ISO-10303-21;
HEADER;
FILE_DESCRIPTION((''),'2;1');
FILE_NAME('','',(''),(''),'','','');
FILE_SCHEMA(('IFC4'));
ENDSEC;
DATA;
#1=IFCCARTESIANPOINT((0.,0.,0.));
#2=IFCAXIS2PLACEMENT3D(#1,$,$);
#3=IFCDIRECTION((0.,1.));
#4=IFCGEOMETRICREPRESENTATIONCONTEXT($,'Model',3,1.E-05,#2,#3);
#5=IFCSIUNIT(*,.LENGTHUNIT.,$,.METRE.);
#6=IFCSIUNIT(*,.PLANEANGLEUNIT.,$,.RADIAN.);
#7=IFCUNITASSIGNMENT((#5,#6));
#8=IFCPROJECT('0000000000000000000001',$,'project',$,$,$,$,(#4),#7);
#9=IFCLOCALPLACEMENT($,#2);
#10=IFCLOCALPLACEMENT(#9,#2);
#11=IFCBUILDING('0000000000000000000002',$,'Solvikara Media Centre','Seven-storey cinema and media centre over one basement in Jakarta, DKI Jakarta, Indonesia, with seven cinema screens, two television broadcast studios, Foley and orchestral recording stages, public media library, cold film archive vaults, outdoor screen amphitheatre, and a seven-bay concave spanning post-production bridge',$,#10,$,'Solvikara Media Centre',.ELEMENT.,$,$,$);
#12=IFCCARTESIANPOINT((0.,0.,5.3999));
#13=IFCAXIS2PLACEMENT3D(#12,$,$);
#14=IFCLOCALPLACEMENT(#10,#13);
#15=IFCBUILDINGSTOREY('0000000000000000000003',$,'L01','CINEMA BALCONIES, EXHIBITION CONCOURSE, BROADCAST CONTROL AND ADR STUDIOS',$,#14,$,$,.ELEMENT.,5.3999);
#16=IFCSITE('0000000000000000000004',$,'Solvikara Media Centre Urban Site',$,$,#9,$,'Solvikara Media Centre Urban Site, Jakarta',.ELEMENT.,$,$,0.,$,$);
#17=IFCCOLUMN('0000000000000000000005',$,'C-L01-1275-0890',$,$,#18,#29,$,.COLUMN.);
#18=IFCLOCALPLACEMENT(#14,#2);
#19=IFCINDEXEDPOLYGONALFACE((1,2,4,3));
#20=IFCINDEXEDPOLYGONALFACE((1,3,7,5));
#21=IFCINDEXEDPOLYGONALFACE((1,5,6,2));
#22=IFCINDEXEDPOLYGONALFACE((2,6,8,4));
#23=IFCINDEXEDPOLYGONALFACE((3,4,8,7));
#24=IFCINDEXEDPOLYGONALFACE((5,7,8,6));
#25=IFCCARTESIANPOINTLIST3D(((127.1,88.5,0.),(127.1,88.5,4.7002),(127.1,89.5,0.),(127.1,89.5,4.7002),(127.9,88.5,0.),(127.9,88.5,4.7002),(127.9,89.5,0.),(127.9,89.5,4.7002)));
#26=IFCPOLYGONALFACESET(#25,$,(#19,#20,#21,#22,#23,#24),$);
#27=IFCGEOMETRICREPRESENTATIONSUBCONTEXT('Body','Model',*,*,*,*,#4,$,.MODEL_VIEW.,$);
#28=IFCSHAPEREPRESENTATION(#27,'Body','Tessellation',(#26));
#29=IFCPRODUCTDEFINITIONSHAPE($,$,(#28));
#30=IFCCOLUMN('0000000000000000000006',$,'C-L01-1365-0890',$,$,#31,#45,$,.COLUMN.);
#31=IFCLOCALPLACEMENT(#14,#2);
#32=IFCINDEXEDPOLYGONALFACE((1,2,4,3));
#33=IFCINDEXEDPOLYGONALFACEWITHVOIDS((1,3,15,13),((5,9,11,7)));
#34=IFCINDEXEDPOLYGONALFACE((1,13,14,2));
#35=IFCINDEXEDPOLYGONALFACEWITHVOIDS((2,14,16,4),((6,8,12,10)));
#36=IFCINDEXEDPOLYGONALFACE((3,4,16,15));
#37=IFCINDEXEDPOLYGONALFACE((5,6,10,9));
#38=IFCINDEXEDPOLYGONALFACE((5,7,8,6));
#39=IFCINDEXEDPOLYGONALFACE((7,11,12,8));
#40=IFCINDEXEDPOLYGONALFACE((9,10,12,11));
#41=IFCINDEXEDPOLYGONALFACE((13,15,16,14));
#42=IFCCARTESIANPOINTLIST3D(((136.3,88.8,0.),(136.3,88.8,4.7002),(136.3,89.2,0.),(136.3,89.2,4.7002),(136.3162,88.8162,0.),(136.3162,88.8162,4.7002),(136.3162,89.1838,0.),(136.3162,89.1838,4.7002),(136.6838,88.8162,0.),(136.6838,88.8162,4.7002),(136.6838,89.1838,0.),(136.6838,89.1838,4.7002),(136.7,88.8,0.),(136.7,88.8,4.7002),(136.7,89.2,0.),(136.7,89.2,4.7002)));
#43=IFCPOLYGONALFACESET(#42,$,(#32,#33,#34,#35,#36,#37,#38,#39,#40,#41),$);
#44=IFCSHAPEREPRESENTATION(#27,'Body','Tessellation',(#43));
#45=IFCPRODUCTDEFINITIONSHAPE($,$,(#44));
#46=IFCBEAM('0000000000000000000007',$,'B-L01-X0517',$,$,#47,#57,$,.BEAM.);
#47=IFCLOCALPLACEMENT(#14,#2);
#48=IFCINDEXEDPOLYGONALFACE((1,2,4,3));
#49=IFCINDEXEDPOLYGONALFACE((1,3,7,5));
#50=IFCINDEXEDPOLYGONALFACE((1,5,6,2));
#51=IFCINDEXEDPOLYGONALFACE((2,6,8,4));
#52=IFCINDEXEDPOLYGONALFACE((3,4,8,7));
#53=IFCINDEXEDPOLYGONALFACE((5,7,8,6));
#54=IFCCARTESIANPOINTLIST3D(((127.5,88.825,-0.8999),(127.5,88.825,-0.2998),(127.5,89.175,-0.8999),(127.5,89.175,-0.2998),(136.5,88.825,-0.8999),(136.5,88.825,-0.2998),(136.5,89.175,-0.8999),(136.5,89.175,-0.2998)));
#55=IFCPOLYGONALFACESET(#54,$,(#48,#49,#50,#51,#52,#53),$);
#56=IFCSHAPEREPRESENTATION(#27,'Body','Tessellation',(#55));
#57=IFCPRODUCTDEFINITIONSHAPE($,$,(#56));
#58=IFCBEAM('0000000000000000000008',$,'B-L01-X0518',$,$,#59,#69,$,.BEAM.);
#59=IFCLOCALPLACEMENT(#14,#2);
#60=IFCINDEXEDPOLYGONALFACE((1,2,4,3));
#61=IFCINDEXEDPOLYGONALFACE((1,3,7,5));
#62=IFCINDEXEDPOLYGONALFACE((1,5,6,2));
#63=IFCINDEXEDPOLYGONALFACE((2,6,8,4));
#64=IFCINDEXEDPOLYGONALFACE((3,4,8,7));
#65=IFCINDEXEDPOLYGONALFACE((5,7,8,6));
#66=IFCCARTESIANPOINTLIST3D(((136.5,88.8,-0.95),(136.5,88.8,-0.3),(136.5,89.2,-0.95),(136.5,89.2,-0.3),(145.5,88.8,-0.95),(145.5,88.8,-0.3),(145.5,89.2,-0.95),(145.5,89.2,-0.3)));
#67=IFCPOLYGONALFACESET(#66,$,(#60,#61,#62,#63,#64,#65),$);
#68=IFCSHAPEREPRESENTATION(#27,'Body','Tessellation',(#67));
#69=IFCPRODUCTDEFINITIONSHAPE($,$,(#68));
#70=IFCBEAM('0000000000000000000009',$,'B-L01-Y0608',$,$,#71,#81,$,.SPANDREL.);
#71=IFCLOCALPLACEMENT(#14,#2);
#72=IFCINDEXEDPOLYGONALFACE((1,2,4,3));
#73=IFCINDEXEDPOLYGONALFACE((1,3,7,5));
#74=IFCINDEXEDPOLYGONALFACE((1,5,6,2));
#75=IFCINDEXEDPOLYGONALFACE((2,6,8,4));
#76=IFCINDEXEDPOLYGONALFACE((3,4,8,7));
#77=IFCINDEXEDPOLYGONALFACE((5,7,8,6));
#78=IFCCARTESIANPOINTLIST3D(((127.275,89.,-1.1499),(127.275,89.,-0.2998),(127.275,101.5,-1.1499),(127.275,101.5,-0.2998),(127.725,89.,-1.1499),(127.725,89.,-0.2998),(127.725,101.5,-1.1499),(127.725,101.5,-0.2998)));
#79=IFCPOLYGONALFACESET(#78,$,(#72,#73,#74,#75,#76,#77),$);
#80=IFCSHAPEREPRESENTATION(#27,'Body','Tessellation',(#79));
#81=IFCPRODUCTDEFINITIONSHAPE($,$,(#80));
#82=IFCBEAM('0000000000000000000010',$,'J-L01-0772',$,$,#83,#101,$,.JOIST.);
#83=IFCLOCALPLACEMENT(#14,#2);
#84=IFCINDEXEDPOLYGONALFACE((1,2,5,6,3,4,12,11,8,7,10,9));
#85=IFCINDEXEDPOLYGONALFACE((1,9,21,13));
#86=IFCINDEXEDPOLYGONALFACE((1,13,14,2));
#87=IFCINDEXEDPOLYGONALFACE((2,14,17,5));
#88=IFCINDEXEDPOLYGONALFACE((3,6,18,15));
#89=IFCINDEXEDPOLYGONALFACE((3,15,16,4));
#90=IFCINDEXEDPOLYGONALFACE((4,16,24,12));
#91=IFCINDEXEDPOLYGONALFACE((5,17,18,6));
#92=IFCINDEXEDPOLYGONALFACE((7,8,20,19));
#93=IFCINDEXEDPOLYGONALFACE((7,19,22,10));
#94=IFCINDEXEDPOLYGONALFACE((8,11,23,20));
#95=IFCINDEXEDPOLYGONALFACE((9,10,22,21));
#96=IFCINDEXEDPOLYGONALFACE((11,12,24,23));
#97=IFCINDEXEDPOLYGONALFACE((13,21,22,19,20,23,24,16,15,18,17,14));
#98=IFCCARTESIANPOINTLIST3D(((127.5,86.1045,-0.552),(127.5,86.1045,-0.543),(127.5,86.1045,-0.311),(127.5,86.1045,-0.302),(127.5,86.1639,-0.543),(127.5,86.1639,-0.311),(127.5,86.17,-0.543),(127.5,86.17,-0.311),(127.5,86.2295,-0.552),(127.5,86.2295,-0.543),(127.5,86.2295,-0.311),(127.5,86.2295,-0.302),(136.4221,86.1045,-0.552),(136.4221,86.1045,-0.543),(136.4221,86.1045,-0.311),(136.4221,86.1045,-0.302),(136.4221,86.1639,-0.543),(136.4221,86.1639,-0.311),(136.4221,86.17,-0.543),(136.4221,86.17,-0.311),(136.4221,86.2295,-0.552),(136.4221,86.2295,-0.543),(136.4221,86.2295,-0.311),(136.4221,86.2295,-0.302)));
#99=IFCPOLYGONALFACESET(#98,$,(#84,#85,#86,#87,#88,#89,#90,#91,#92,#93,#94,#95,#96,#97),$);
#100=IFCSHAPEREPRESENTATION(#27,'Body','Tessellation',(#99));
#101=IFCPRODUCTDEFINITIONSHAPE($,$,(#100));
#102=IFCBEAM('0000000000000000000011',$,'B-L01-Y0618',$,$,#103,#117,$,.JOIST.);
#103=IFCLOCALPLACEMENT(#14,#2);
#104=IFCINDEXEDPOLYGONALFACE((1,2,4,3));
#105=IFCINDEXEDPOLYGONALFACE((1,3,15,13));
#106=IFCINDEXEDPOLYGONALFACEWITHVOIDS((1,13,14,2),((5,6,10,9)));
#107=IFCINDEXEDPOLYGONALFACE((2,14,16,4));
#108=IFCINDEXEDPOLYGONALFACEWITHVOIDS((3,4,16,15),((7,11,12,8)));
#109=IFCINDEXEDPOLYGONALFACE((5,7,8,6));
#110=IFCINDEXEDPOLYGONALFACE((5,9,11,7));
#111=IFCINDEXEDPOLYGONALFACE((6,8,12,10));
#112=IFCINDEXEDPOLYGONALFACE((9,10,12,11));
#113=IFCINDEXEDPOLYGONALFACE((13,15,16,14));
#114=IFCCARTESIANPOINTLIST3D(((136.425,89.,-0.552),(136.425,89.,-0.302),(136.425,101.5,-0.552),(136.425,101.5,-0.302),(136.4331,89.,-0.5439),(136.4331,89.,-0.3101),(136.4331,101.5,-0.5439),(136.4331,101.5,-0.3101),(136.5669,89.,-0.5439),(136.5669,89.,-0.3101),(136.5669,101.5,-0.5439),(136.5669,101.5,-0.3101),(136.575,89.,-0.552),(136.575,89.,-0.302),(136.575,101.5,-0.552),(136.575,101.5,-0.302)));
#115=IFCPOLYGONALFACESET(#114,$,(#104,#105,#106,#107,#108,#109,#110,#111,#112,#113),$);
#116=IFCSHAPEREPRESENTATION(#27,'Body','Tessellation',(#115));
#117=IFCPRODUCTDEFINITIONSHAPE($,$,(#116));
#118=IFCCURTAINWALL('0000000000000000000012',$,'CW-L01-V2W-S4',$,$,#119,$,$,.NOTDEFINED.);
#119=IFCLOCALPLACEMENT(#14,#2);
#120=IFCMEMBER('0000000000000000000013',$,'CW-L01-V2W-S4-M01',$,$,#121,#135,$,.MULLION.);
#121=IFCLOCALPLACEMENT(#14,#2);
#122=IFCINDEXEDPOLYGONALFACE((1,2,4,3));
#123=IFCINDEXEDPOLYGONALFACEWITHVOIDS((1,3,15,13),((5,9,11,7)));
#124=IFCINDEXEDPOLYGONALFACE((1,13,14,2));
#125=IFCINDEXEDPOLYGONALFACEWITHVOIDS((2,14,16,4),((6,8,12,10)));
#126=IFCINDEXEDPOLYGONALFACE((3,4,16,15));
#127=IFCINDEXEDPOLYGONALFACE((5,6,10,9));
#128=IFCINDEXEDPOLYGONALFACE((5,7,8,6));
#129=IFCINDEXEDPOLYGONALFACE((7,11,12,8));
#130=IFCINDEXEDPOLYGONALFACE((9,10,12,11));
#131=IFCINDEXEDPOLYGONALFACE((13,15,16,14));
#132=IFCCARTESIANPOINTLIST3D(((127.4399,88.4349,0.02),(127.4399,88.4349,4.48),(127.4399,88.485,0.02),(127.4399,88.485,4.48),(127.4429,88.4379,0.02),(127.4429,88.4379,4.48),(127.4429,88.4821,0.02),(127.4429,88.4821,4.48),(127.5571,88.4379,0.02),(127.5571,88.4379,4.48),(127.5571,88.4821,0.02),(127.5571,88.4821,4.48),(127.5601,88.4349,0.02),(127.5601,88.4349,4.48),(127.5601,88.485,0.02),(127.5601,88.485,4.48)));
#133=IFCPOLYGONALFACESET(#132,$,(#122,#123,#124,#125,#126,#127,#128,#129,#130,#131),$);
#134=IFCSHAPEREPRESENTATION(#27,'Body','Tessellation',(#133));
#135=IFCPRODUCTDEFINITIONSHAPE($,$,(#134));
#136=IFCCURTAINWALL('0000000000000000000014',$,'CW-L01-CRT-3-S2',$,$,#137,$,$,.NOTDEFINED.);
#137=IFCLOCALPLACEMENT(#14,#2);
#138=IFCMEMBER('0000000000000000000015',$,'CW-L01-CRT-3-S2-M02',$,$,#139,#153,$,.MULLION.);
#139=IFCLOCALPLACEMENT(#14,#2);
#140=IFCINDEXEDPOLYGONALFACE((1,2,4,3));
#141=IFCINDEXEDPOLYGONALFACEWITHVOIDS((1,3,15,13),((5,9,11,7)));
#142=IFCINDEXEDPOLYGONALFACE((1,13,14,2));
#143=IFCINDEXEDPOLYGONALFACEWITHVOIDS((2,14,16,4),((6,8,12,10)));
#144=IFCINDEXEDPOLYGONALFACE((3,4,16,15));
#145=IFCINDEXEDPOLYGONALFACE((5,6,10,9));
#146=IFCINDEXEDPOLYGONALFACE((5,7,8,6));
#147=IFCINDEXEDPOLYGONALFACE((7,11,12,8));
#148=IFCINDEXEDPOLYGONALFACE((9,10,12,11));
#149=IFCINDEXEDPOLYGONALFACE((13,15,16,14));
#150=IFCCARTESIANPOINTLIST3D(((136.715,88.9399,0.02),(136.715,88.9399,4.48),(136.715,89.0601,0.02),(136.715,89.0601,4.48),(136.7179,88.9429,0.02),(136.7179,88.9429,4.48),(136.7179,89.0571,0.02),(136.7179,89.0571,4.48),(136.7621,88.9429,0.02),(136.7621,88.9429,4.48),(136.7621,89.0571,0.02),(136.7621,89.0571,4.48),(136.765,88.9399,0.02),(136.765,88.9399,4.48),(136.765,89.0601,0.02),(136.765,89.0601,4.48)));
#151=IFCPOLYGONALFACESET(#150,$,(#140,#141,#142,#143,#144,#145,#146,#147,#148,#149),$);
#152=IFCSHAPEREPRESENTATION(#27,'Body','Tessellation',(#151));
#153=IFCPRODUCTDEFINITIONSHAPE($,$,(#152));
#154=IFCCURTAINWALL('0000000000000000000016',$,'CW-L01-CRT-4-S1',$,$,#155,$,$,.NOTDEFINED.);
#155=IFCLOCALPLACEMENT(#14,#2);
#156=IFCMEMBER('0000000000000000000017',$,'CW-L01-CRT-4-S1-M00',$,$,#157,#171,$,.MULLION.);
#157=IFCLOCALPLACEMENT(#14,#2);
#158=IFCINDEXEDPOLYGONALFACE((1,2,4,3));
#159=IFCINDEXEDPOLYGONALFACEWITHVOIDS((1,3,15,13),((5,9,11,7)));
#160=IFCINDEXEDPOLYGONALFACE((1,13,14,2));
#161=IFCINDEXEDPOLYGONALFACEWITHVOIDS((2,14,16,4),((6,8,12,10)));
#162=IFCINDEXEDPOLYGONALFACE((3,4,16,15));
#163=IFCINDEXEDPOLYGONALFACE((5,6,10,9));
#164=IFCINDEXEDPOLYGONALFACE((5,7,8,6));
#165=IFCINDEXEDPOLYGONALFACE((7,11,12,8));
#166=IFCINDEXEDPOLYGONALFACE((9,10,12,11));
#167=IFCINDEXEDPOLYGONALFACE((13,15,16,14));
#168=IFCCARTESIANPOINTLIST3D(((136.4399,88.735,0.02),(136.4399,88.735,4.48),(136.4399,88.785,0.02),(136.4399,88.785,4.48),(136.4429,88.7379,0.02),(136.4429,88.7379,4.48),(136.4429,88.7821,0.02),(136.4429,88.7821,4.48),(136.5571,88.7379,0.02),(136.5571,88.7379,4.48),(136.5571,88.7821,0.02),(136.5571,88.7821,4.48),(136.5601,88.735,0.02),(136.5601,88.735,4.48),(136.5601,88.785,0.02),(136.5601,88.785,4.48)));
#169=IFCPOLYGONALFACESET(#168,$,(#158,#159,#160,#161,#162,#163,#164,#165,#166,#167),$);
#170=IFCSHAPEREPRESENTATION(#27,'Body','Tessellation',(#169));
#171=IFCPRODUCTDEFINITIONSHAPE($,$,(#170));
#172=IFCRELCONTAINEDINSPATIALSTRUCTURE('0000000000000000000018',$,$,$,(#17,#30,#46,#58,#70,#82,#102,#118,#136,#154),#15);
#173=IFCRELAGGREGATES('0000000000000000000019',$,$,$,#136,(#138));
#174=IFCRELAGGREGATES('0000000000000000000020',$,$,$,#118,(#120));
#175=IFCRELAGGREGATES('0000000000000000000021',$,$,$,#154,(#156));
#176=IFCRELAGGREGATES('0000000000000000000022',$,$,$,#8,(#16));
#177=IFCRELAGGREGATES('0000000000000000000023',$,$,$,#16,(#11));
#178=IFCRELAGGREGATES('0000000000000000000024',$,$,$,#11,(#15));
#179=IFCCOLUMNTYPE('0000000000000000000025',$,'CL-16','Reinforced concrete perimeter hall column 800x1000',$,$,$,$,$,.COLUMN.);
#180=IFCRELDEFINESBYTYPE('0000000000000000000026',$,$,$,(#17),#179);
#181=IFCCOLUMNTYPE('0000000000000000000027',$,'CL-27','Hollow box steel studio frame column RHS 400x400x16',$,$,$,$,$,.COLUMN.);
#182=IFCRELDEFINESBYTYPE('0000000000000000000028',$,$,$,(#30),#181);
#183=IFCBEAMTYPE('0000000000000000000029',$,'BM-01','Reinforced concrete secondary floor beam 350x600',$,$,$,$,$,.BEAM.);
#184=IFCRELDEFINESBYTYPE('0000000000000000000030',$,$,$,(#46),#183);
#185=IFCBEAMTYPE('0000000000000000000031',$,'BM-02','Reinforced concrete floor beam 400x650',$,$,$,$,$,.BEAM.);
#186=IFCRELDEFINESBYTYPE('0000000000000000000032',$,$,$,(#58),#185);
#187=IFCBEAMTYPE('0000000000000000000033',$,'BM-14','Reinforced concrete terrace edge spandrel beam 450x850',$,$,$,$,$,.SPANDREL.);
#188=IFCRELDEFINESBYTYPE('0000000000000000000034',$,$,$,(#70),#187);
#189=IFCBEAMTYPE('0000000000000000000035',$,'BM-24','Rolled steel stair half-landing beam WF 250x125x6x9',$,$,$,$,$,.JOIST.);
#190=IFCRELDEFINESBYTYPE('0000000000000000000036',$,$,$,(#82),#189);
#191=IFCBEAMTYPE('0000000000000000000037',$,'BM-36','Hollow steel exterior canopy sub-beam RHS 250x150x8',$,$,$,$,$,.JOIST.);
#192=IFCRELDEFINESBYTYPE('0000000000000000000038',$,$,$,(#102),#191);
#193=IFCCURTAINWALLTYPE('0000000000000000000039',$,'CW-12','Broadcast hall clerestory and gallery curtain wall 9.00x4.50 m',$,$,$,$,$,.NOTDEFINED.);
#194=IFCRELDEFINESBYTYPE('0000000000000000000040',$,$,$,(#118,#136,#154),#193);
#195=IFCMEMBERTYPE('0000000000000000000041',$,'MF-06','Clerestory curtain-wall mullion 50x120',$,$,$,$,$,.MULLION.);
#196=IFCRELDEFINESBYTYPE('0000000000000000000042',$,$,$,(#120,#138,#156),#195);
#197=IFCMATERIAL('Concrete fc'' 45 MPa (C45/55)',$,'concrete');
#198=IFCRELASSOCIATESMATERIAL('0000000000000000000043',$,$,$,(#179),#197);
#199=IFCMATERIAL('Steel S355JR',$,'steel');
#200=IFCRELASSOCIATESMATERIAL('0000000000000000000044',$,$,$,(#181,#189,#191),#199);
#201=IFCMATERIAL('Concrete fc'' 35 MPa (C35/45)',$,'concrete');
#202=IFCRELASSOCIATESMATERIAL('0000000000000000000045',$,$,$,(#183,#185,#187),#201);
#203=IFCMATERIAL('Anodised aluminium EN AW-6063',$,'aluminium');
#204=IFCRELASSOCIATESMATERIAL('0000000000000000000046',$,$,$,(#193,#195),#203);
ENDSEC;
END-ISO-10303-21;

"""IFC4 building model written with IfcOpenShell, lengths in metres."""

from ifc_helpers import new_model, si_unit, direction, frame, origin, origin_2d, place, context, subcontext, project, spatial, rectangle, hollow_rectangle, i_section, extrude, material, material_profile, profile_set, type_object, element, aggregate, save


model = new_model("IFC4")

# Units and contexts
model_context = context("Model", 3, precision=1e-05, world=origin(), true_north=direction((0.0, 1.0)))
body_context = subcontext(model_context, "Body", "Model", "MODEL_VIEW")
ifc_project = project(units=[si_unit("LENGTHUNIT", "METRE"), si_unit("PLANEANGLEUNIT", "RADIAN")], contexts=[model_context])

# Site, building, storey
site_placement = place(None, origin())
site = spatial("IfcSite", under=ifc_project, at=site_placement, Name="Solvikara Media Centre Urban Site", LongName="Solvikara Media Centre Urban Site, Jakarta", CompositionType="ELEMENT", RefElevation=0.0)
building_placement = place(site_placement, origin())
building = spatial("IfcBuilding", under=site, at=building_placement, Name="Solvikara Media Centre", Description="Seven-storey cinema and media centre over one basement in Jakarta, DKI Jakarta, Indonesia, with seven cinema screens, two television broadcast studios, Foley and orchestral recording stages, public media library, cold film archive vaults, outdoor screen amphitheatre, and a seven-bay concave spanning post-production bridge", LongName="Solvikara Media Centre", CompositionType="ELEMENT")
storey_placement = place(building_placement, frame((0.0, 0.0, 5.3999)))
storey = spatial("IfcBuildingStorey", under=building, at=storey_placement, Name="L01", Description="CINEMA BALCONIES, EXHIBITION CONCOURSE, BROADCAST CONTROL AND ADR STUDIOS", CompositionType="ELEMENT", Elevation=5.3999)

# Columns
ifc_material_1 = material(Name="Concrete fc' 45 MPa (C45/55)", Category="concrete")
ifc_material_profile_1 = material_profile(ifc_material_1, rectangle(XDim=0.8, YDim=1.0, at=origin_2d()), Name="RC 800x1000")
ifc_profile_set_1 = profile_set([ifc_material_profile_1], Name="Concrete fc' 45 MPa (C45/55)")
column_type_1 = type_object("IfcColumnType", Name="CL-16", Description="Reinforced concrete perimeter hall column 800x1000", PredefinedType="COLUMN", material=ifc_profile_set_1)
column_1_placement = place(storey_placement, frame((127.5, 89.0, 0.0), z_axis=(0.0, 0.0, 1.0), x_axis=(1.0, 0.0, 0.0)))
element("IfcColumn", 1, at=column_1_placement, inside=storey, type_object=column_type_1, Name="C-L01-1275-0890", PredefinedType="COLUMN", context=body_context, shape_type="SweptSolid", body=[
    extrude(rectangle(XDim=0.8, YDim=1.0, at=origin_2d()), origin(), (0.0, 0.0, 1.0), 4.7002),
])
ifc_material_2 = material(Name="Steel S355JR", Category="steel")
ifc_material_profile_2 = material_profile(ifc_material_2, hollow_rectangle(XDim=0.3999, YDim=0.3999, WallThickness=0.0161, at=origin_2d()), Name="RHS 400x400x16")
ifc_profile_set_2 = profile_set([ifc_material_profile_2], Name="Steel S355JR")
column_type_2 = type_object("IfcColumnType", Name="CL-27", Description="Hollow box steel studio frame column RHS 400x400x16", PredefinedType="COLUMN", material=ifc_profile_set_2)
column_2_placement = place(storey_placement, frame((136.5, 89.0, 0.0), z_axis=(0.0, 0.0, 1.0), x_axis=(1.0, 0.0, 0.0)))
element("IfcColumn", 2, at=column_2_placement, inside=storey, type_object=column_type_2, Name="C-L01-1365-0890", PredefinedType="COLUMN", context=body_context, shape_type="SweptSolid", body=[
    extrude(hollow_rectangle(XDim=0.3999, YDim=0.3999, WallThickness=0.0161, at=origin_2d()), origin(), (0.0, 0.0, 1.0), 4.7002),
])

# Beams
ifc_material_3 = material(Name="Concrete fc' 35 MPa (C35/45)", Category="concrete")
ifc_material_profile_3 = material_profile(ifc_material_3, rectangle(XDim=0.3501, YDim=0.6001, at=origin_2d()), Name="RC 350x600")
ifc_profile_set_3 = profile_set([ifc_material_profile_3], Name="Concrete fc' 35 MPa (C35/45)")
beam_type_1 = type_object("IfcBeamType", Name="BM-01", Description="Reinforced concrete secondary floor beam 350x600", PredefinedType="BEAM", material=ifc_profile_set_3)
beam_1_placement = place(storey_placement, frame((127.5, 89.0, -0.5999), z_axis=(1.0, 0.0, 0.0), x_axis=(0.0, 1.0, 0.0)))
element("IfcBeam", 3, at=beam_1_placement, inside=storey, type_object=beam_type_1, Name="B-L01-X0517", PredefinedType="BEAM", context=body_context, shape_type="SweptSolid", body=[
    extrude(rectangle(XDim=0.3501, YDim=0.6001, at=origin_2d()), origin(), (0.0, 0.0, 1.0), 9.0),
])
ifc_material_profile_4 = material_profile(ifc_material_3, rectangle(XDim=0.3999, YDim=0.6499, at=origin_2d()), Name="RC 400x650")
ifc_profile_set_4 = profile_set([ifc_material_profile_4], Name="Concrete fc' 35 MPa (C35/45)")
beam_type_2 = type_object("IfcBeamType", Name="BM-02", Description="Reinforced concrete floor beam 400x650", PredefinedType="BEAM", material=ifc_profile_set_4)
beam_2_placement = place(storey_placement, frame((136.5, 89.0, -0.625), z_axis=(1.0, 0.0, 0.0), x_axis=(0.0, 1.0, 0.0)))
element("IfcBeam", 4, at=beam_2_placement, inside=storey, type_object=beam_type_2, Name="B-L01-X0518", PredefinedType="BEAM", context=body_context, shape_type="SweptSolid", body=[
    extrude(rectangle(XDim=0.3999, YDim=0.6499, at=origin_2d()), origin(), (0.0, 0.0, 1.0), 9.0),
])
ifc_material_profile_5 = material_profile(ifc_material_3, rectangle(XDim=0.45, YDim=0.8501, at=origin_2d()), Name="RC 450x850")
ifc_profile_set_5 = profile_set([ifc_material_profile_5], Name="Concrete fc' 35 MPa (C35/45)")
beam_type_3 = type_object("IfcBeamType", Name="BM-14", Description="Reinforced concrete terrace edge spandrel beam 450x850", PredefinedType="SPANDREL", material=ifc_profile_set_5)
beam_3_placement = place(storey_placement, frame((127.5, 89.0, -0.7249), z_axis=(0.0, 1.0, 0.0), x_axis=(-1.0, 0.0, 0.0)))
element("IfcBeam", 5, at=beam_3_placement, inside=storey, type_object=beam_type_3, Name="B-L01-Y0608", PredefinedType="SPANDREL", context=body_context, shape_type="SweptSolid", body=[
    extrude(rectangle(XDim=0.45, YDim=0.8501, at=origin_2d()), origin(), (0.0, 0.0, 1.0), 12.5),
])
ifc_material_profile_6 = material_profile(ifc_material_2, i_section(OverallWidth=0.125, OverallDepth=0.25, WebThickness=0.0061, FlangeThickness=0.009, at=origin_2d()), Name="WF 250x125x6x9")
ifc_profile_set_6 = profile_set([ifc_material_profile_6], Name="Steel S355JR")
beam_type_4 = type_object("IfcBeamType", Name="BM-24", Description="Rolled steel stair half-landing beam WF 250x125x6x9", PredefinedType="JOIST", material=ifc_profile_set_6)
beam_4_placement = place(storey_placement, frame((127.5, 86.167, -0.427), z_axis=(1.0, 0.0, 0.0), x_axis=(0.0, 1.0, 0.0)))
element("IfcBeam", 6, at=beam_4_placement, inside=storey, type_object=beam_type_4, Name="J-L01-0772", PredefinedType="JOIST", context=body_context, shape_type="SweptSolid", body=[
    extrude(i_section(OverallWidth=0.125, OverallDepth=0.25, WebThickness=0.0061, FlangeThickness=0.009, at=origin_2d()), origin(), (0.0, 0.0, 1.0), 8.9221),
])
ifc_material_profile_7 = material_profile(ifc_material_2, hollow_rectangle(XDim=0.1499, YDim=0.25, WallThickness=0.0081, at=origin_2d()), Name="RHS 250x150x8")
ifc_profile_set_7 = profile_set([ifc_material_profile_7], Name="Steel S355JR")
beam_type_5 = type_object("IfcBeamType", Name="BM-36", Description="Hollow steel exterior canopy sub-beam RHS 250x150x8", PredefinedType="JOIST", material=ifc_profile_set_7)
beam_5_placement = place(storey_placement, frame((136.5, 89.0, -0.427), z_axis=(0.0, 1.0, 0.0), x_axis=(-1.0, 0.0, 0.0)))
element("IfcBeam", 7, at=beam_5_placement, inside=storey, type_object=beam_type_5, Name="B-L01-Y0618", PredefinedType="JOIST", context=body_context, shape_type="SweptSolid", body=[
    extrude(hollow_rectangle(XDim=0.1499, YDim=0.25, WallThickness=0.0081, at=origin_2d()), origin(), (0.0, 0.0, 1.0), 12.5),
])

# Curtain walls, members
ifc_material_4 = material(Name="Anodised aluminium EN AW-6063", Category="aluminium")
curtain_wall_type = type_object("IfcCurtainWallType", Name="CW-12", Description="Broadcast hall clerestory and gallery curtain wall 9.00x4.50 m", PredefinedType="NOTDEFINED", material=ifc_material_4)
curtain_wall_1_placement = place(storey_placement, origin())
curtain_wall_1 = element("IfcCurtainWall", 8, at=curtain_wall_1_placement, inside=storey, type_object=curtain_wall_type, Name="CW-L01-V2W-S4", PredefinedType="NOTDEFINED")
ifc_material_profile_8 = material_profile(ifc_material_4, hollow_rectangle(XDim=0.05, YDim=0.1201, WallThickness=0.0029, at=origin_2d()), Name="ALU-M 50x120x3")
ifc_profile_set_8 = profile_set([ifc_material_profile_8], Name="Anodised aluminium EN AW-6063")
member_type_1 = type_object("IfcMemberType", Name="MF-06", Description="Clerestory curtain-wall mullion 50x120", PredefinedType="MULLION", material=ifc_profile_set_8)
member_1_placement = place(storey_placement, frame((127.5, 88.46, 0.02), z_axis=(0.0, 0.0, 1.0), x_axis=(0.0, 1.0, 0.0)))
member_1 = element("IfcMember", 9, at=member_1_placement, type_object=member_type_1, Name="CW-L01-V2W-S4-M01", PredefinedType="MULLION", context=body_context, shape_type="SweptSolid", body=[
    extrude(hollow_rectangle(XDim=0.05, YDim=0.1201, WallThickness=0.0029, at=origin_2d()), origin(), (0.0, 0.0, 1.0), 4.46),
])
curtain_wall_2_placement = place(storey_placement, origin())
curtain_wall_2 = element("IfcCurtainWall", 10, at=curtain_wall_2_placement, inside=storey, type_object=curtain_wall_type, Name="CW-L01-CRT-3-S2", PredefinedType="NOTDEFINED")
member_2_placement = place(storey_placement, frame((136.74, 89.0, 0.02), z_axis=(0.0, 0.0, 1.0), x_axis=(-1.0, 0.0, 0.0)))
member_2 = element("IfcMember", 11, at=member_2_placement, type_object=member_type_1, Name="CW-L01-CRT-3-S2-M02", PredefinedType="MULLION", context=body_context, shape_type="SweptSolid", body=[
    extrude(hollow_rectangle(XDim=0.05, YDim=0.1201, WallThickness=0.0029, at=origin_2d()), origin(), (0.0, 0.0, 1.0), 4.46),
])
aggregate(curtain_wall_2, [member_2])

# Curtain wall, member
curtain_wall_3_placement = place(storey_placement, origin())
curtain_wall_3 = element("IfcCurtainWall", 12, at=curtain_wall_3_placement, inside=storey, type_object=curtain_wall_type, Name="CW-L01-CRT-4-S1", PredefinedType="NOTDEFINED")
member_3_placement = place(storey_placement, frame((136.5, 88.76, 0.02), z_axis=(0.0, 0.0, 1.0), x_axis=(0.0, -1.0, 0.0)))
member_3 = element("IfcMember", 13, at=member_3_placement, type_object=member_type_1, Name="CW-L01-CRT-4-S1-M00", PredefinedType="MULLION", context=body_context, shape_type="SweptSolid", body=[
    extrude(hollow_rectangle(XDim=0.05, YDim=0.1201, WallThickness=0.0029, at=origin_2d()), origin(), (0.0, 0.0, 1.0), 4.46),
])

aggregate(curtain_wall_1, [member_1])
aggregate(curtain_wall_3, [member_3])

save(model, "model.ifc")
